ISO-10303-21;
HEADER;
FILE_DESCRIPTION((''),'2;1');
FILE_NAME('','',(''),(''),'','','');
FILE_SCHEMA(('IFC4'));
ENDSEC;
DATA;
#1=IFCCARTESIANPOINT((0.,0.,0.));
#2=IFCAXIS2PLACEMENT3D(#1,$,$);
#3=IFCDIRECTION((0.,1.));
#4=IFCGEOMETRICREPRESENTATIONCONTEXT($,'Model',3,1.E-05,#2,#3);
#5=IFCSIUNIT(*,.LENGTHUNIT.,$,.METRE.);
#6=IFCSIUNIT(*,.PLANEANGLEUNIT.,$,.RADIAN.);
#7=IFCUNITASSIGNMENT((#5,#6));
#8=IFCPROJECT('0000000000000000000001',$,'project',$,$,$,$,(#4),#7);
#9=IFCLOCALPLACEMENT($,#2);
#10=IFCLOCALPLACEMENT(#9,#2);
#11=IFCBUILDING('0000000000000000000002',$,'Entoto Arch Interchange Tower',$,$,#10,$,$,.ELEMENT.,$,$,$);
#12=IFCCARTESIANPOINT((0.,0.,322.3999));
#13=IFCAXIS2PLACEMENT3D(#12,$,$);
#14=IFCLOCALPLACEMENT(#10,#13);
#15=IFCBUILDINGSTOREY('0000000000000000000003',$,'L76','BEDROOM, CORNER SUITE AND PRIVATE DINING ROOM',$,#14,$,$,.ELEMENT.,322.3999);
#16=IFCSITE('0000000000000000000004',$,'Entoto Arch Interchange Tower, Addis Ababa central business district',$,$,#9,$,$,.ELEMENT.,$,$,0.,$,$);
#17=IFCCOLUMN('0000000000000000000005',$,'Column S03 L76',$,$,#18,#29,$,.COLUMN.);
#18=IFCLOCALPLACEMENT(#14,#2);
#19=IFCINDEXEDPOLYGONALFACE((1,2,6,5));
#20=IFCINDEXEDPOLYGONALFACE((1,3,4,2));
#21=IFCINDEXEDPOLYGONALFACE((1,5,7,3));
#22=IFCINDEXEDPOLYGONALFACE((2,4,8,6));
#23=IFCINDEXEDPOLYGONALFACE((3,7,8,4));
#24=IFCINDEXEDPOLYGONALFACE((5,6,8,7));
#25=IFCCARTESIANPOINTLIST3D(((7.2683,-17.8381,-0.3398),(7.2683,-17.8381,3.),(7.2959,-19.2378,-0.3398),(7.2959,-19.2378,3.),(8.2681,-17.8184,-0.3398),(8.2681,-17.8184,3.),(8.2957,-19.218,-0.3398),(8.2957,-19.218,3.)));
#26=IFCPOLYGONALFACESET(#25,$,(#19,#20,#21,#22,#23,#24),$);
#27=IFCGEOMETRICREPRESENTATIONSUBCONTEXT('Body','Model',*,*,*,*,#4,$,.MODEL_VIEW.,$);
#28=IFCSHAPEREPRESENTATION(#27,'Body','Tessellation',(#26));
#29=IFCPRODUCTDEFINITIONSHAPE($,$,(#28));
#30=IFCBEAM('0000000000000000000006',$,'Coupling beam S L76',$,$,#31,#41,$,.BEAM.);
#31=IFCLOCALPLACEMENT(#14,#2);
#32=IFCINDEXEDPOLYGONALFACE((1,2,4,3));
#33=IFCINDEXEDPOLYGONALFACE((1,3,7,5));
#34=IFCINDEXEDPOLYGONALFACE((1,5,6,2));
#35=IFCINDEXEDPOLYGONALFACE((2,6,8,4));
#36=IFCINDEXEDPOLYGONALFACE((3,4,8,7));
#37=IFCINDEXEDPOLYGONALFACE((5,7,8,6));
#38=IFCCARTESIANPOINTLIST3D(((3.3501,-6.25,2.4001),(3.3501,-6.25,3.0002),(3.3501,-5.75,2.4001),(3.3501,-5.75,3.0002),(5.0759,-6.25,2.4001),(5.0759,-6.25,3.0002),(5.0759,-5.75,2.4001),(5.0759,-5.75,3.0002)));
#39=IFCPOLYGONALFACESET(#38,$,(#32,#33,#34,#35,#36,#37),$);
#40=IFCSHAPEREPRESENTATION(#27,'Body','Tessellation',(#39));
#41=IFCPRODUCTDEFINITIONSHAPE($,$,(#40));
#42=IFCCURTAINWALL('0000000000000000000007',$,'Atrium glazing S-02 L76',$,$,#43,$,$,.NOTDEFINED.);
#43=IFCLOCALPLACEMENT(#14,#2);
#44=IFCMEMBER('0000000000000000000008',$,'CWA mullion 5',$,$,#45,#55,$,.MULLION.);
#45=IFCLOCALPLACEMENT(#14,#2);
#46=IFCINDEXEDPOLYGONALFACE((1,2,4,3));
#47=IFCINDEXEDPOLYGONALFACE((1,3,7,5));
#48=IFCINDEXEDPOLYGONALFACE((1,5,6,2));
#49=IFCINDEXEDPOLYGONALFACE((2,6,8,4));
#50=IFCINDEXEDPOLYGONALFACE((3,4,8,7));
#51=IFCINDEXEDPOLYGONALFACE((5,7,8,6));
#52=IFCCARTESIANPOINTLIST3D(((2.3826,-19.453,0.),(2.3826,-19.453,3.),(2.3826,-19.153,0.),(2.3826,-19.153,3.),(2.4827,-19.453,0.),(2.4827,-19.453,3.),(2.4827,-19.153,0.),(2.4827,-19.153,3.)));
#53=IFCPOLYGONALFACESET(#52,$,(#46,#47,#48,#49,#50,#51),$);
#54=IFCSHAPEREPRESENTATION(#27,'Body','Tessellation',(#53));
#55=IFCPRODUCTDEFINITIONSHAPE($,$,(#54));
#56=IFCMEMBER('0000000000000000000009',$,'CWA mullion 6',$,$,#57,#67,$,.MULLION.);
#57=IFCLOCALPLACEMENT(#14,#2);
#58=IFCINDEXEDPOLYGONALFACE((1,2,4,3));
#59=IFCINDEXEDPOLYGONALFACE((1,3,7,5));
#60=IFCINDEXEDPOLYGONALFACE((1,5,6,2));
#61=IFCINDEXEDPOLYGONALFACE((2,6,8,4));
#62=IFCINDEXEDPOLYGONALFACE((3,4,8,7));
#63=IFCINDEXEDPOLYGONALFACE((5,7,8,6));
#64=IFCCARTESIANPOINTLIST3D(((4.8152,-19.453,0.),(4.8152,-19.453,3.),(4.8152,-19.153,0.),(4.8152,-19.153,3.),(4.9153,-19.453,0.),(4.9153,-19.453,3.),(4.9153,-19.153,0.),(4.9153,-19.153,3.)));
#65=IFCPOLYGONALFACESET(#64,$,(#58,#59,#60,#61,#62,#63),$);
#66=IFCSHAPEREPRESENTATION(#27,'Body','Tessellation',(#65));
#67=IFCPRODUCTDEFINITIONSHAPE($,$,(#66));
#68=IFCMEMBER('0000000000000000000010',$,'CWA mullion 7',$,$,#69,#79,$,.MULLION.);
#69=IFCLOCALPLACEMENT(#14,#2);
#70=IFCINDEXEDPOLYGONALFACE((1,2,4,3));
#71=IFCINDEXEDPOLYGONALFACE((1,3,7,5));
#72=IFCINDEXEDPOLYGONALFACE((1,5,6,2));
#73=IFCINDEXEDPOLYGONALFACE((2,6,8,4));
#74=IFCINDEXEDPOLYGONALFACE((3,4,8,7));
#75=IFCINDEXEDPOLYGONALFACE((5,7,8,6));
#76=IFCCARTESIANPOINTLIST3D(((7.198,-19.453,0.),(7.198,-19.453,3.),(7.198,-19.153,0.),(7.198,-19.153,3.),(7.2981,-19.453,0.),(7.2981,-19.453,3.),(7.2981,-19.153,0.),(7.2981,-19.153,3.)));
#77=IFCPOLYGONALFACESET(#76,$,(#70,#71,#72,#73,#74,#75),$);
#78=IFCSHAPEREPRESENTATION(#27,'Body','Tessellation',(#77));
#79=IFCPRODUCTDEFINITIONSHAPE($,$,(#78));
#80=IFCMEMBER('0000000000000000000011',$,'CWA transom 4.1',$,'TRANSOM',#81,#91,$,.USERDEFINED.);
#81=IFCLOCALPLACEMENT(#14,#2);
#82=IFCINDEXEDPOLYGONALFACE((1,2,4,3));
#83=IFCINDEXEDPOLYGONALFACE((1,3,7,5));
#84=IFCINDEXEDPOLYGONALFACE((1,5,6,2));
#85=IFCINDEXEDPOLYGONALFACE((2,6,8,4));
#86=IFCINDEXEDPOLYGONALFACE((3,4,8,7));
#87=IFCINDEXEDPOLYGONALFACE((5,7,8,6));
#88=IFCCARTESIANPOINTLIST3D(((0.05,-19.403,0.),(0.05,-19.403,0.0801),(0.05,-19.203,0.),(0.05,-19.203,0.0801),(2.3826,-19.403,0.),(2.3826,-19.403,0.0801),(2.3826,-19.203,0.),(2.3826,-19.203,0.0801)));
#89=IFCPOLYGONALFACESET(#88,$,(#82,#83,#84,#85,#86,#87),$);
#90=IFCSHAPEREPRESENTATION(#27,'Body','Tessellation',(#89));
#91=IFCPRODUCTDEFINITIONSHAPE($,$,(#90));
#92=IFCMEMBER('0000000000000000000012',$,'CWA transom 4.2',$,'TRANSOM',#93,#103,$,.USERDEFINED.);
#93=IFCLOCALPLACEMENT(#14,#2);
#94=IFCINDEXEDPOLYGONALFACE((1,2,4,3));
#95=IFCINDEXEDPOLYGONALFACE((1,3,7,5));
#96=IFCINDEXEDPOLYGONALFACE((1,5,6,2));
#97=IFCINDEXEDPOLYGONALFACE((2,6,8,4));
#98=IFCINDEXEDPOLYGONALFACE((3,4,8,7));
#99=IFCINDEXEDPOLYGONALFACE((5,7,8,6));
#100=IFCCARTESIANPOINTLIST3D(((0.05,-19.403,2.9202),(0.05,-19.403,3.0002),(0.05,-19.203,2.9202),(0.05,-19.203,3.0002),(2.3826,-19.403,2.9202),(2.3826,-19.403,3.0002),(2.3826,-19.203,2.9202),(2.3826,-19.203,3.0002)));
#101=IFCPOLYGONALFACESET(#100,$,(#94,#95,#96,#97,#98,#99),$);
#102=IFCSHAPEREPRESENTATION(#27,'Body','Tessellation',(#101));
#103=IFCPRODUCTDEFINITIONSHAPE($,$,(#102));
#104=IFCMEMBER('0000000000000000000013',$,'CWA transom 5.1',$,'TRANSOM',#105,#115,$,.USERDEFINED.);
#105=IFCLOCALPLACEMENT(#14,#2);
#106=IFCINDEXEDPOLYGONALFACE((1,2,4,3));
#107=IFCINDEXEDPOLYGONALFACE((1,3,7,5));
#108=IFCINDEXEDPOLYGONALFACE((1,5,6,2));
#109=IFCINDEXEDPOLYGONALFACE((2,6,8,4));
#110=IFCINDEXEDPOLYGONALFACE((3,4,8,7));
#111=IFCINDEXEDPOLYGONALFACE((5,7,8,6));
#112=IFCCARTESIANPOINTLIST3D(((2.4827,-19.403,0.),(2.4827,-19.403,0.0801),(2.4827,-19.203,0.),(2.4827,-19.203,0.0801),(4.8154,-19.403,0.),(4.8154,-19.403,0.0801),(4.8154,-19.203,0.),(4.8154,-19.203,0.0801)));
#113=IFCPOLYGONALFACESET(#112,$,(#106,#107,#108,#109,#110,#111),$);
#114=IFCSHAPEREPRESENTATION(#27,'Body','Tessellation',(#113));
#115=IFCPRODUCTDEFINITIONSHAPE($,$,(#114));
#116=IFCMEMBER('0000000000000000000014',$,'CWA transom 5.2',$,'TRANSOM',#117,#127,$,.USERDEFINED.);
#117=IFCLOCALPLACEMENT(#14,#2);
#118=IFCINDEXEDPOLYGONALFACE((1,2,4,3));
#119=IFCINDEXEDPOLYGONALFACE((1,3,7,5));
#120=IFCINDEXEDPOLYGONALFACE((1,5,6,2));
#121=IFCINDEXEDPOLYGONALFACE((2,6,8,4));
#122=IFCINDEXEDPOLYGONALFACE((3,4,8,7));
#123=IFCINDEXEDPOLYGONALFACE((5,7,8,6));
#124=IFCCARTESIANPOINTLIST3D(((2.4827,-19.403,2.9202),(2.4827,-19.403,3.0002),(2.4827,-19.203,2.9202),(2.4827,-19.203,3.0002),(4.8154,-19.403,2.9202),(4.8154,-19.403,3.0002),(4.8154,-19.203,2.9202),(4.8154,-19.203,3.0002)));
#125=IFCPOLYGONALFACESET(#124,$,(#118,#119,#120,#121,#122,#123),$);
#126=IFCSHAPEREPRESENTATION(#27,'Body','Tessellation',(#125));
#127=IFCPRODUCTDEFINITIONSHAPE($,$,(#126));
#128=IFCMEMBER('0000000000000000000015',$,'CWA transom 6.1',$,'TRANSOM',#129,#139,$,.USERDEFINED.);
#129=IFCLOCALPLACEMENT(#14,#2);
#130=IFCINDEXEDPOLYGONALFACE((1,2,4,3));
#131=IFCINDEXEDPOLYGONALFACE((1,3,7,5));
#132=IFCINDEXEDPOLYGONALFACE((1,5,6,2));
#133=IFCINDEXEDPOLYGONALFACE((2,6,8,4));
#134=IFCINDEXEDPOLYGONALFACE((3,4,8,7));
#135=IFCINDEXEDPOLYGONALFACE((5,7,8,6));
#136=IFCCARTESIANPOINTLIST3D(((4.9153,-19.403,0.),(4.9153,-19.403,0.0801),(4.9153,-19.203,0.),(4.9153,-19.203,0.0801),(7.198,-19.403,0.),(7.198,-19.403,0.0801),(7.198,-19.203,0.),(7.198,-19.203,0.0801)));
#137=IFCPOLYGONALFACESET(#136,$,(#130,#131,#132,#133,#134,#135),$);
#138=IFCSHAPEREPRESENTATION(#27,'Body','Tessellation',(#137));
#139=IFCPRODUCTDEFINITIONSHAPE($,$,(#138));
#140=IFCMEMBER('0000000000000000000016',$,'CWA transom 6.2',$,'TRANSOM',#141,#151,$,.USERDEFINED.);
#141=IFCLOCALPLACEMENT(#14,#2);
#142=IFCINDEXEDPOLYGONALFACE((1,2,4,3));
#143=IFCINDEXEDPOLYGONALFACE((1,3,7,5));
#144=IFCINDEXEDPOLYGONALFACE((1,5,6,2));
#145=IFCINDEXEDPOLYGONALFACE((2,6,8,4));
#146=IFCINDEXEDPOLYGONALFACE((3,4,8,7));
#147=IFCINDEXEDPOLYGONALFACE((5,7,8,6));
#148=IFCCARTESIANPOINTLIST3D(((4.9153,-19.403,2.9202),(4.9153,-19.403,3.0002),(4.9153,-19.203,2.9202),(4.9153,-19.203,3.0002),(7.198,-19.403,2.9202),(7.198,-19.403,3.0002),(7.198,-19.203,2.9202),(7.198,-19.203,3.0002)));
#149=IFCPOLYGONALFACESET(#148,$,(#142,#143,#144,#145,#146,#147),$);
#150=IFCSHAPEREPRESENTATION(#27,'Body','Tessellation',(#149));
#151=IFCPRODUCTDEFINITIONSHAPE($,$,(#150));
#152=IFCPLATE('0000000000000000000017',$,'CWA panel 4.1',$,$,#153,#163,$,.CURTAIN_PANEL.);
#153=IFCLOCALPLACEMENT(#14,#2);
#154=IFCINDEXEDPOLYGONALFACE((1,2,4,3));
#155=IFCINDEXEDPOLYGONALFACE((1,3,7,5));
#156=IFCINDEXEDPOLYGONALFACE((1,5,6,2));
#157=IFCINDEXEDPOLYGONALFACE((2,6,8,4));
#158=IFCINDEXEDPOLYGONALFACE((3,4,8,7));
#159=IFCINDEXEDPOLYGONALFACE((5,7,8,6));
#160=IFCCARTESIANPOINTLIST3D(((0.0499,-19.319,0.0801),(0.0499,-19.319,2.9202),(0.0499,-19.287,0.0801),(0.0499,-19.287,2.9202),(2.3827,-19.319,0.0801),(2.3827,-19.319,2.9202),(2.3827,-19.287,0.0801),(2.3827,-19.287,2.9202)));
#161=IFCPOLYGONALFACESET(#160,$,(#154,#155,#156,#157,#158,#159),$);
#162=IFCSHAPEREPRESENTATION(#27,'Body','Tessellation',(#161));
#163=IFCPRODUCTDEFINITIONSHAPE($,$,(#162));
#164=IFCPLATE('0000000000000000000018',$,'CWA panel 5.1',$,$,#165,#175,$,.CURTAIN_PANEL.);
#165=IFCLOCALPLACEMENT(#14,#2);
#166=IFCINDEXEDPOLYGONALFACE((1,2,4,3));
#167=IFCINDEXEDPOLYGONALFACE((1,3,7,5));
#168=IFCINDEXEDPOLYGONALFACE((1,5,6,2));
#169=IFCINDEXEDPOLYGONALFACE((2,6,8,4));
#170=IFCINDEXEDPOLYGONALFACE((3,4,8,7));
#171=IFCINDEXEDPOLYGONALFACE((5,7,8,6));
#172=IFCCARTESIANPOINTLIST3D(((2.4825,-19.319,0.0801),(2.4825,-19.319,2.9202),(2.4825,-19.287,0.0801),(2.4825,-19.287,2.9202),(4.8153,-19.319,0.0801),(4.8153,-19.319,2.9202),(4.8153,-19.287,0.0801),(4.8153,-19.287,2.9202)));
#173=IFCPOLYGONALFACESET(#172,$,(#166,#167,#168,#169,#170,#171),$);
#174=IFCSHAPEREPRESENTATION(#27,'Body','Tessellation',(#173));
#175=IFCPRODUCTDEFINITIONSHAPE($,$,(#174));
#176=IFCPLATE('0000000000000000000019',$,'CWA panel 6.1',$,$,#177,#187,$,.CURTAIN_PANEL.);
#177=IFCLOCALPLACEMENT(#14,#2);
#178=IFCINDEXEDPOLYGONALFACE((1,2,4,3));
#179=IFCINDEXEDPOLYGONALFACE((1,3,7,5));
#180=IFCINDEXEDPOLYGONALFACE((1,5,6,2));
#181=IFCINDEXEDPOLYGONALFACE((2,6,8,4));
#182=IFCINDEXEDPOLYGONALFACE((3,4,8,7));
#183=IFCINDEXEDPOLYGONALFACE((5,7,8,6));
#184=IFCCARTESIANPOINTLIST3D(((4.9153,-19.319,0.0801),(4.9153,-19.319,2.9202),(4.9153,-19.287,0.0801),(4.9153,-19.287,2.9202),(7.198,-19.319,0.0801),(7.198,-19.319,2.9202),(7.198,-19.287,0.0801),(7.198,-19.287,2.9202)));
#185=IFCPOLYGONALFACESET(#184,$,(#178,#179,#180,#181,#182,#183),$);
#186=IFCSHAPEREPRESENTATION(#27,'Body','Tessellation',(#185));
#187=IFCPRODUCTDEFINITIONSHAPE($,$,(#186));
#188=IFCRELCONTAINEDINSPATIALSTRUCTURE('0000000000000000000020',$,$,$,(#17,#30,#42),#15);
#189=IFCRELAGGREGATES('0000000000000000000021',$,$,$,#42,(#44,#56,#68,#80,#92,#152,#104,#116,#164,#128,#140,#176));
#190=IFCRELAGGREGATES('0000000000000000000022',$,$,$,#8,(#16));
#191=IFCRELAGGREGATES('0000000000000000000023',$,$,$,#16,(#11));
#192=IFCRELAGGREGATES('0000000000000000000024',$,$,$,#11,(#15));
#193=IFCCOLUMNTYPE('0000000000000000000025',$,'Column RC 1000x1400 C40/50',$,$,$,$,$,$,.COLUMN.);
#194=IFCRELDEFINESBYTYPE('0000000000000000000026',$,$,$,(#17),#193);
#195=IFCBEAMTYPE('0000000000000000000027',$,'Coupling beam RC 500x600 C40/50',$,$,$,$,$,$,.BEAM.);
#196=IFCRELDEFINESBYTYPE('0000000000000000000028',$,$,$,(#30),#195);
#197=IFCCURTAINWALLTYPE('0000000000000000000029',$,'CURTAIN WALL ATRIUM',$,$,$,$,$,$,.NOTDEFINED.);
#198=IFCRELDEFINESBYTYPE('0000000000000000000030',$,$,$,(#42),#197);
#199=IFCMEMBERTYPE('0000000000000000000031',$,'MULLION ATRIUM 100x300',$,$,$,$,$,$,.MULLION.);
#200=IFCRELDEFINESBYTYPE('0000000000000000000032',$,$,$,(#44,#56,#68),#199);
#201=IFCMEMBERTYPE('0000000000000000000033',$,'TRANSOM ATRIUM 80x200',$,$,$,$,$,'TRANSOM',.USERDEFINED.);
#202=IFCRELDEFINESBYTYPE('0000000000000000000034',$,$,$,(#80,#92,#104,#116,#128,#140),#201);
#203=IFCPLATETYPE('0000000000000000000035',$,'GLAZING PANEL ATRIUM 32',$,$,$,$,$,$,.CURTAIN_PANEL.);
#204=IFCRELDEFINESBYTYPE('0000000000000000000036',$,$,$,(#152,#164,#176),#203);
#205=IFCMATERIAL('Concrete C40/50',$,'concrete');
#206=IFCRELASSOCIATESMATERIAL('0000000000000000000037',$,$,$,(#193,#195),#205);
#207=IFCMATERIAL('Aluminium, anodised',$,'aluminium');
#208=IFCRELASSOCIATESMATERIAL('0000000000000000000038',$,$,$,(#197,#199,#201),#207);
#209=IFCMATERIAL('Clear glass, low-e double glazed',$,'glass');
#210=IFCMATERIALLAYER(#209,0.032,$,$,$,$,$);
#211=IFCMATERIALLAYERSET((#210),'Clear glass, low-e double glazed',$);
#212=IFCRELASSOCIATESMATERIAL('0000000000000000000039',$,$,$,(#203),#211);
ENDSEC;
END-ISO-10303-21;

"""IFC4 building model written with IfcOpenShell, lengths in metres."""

from ifc_helpers import new_model, si_unit, direction, frame, origin, origin_2d, place, context, subcontext, project, spatial, rectangle, extrude, material, layer, layer_set, material_profile, profile_set, type_object, element, aggregate, save


model = new_model("IFC4")

# Units and contexts
model_context = context("Model", 3, precision=1e-05, world=origin(), true_north=direction((0.0, 1.0)))
body_context = subcontext(model_context, "Body", "Model", "MODEL_VIEW")
ifc_project = project(units=[si_unit("LENGTHUNIT", "METRE"), si_unit("PLANEANGLEUNIT", "RADIAN")], contexts=[model_context])

# Site, building, storey
site_placement = place(None, origin())
site = spatial("IfcSite", under=ifc_project, at=site_placement, Name="Entoto Arch Interchange Tower, Addis Ababa central business district", CompositionType="ELEMENT", RefElevation=0.0)
building_placement = place(site_placement, origin())
building = spatial("IfcBuilding", under=site, at=building_placement, Name="Entoto Arch Interchange Tower", CompositionType="ELEMENT")
storey_placement = place(building_placement, frame((0.0, 0.0, 322.3999)))
storey = spatial("IfcBuildingStorey", under=building, at=storey_placement, Name="L76", Description="BEDROOM, CORNER SUITE AND PRIVATE DINING ROOM", CompositionType="ELEMENT", Elevation=322.3999)

# Column
ifc_material_1 = material(Name="Concrete C40/50", Category="concrete")
ifc_material_profile_1 = material_profile(ifc_material_1, rectangle(XDim=1.0, YDim=1.3999, at=origin_2d()))
ifc_profile_set_1 = profile_set([ifc_material_profile_1], Name="Concrete C40/50")
column_type = type_object("IfcColumnType", Name="Column RC 1000x1400 C40/50", PredefinedType="COLUMN", material=ifc_profile_set_1)
column_placement = place(storey_placement, frame((7.782, -18.5281, -0.3398), z_axis=(0.0, 0.0, 1.0), x_axis=(0.999806, 0.019721, 0.0)))
element("IfcColumn", 1, at=column_placement, inside=storey, type_object=column_type, Name="Column S03 L76", PredefinedType="COLUMN", context=body_context, shape_type="SweptSolid", body=[
    extrude(rectangle(XDim=1.0, YDim=1.3999, at=origin_2d()), origin(), (0.0, 0.0, 1.0), 3.3398),
])

# Beam
ifc_material_profile_2 = material_profile(ifc_material_1, rectangle(XDim=0.5, YDim=0.6001, at=origin_2d()))
ifc_profile_set_2 = profile_set([ifc_material_profile_2], Name="Concrete C40/50")
beam_type = type_object("IfcBeamType", Name="Coupling beam RC 500x600 C40/50", PredefinedType="BEAM", material=ifc_profile_set_2)
beam_placement = place(storey_placement, frame((3.3501, -6.0, 2.7002), z_axis=(1.0, 0.0, 0.0), x_axis=(0.0, 1.0, 0.0)))
element("IfcBeam", 2, at=beam_placement, inside=storey, type_object=beam_type, Name="Coupling beam S L76", PredefinedType="BEAM", context=body_context, shape_type="SweptSolid", body=[
    extrude(rectangle(XDim=0.5, YDim=0.6001, at=origin_2d()), origin(), (0.0, 0.0, 1.0), 1.7258),
])

# Curtain wall, members, plates
ifc_material_2 = material(Name="Aluminium, anodised", Category="aluminium")
curtain_wall_type = type_object("IfcCurtainWallType", Name="CURTAIN WALL ATRIUM", PredefinedType="NOTDEFINED", material=ifc_material_2)
curtain_wall_placement = place(storey_placement, origin())
curtain_wall = element("IfcCurtainWall", 3, at=curtain_wall_placement, inside=storey, type_object=curtain_wall_type, Name="Atrium glazing S-02 L76", PredefinedType="NOTDEFINED")
ifc_material_profile_3 = material_profile(ifc_material_2, rectangle(XDim=0.3, YDim=0.1001, at=origin_2d()))
ifc_profile_set_3 = profile_set([ifc_material_profile_3], Name="Aluminium, anodised")
member_type_1 = type_object("IfcMemberType", Name="MULLION ATRIUM 100x300", PredefinedType="MULLION", material=ifc_profile_set_3)
member_1_placement = place(storey_placement, frame((2.4326, -19.303, 0.0), z_axis=(0.0, 0.0, 1.0), x_axis=(0.0, 1.0, 0.0)))
member_1 = element("IfcMember", 4, at=member_1_placement, type_object=member_type_1, Name="CWA mullion 5", PredefinedType="MULLION", context=body_context, shape_type="SweptSolid", body=[
    extrude(rectangle(XDim=0.3, YDim=0.1001, at=origin_2d()), origin(), (0.0, 0.0, 1.0), 3.0),
])
member_2_placement = place(storey_placement, frame((4.8652, -19.303, 0.0), z_axis=(0.0, 0.0, 1.0), x_axis=(0.0, 1.0, 0.0)))
member_2 = element("IfcMember", 5, at=member_2_placement, type_object=member_type_1, Name="CWA mullion 6", PredefinedType="MULLION", context=body_context, shape_type="SweptSolid", body=[
    extrude(rectangle(XDim=0.3, YDim=0.1001, at=origin_2d()), origin(), (0.0, 0.0, 1.0), 3.0),
])
member_3_placement = place(storey_placement, frame((7.248, -19.303, 0.0), z_axis=(0.0, 0.0, 1.0), x_axis=(0.0, 1.0, 0.0)))
member_3 = element("IfcMember", 6, at=member_3_placement, type_object=member_type_1, Name="CWA mullion 7", PredefinedType="MULLION", context=body_context, shape_type="SweptSolid", body=[
    extrude(rectangle(XDim=0.3, YDim=0.1001, at=origin_2d()), origin(), (0.0, 0.0, 1.0), 3.0),
])
ifc_material_profile_4 = material_profile(ifc_material_2, rectangle(XDim=0.2, YDim=0.0801, at=origin_2d()))
ifc_profile_set_4 = profile_set([ifc_material_profile_4], Name="Aluminium, anodised")
member_type_2 = type_object("IfcMemberType", Name="TRANSOM ATRIUM 80x200", ElementType="TRANSOM", PredefinedType="USERDEFINED", material=ifc_profile_set_4)
member_4_placement = place(storey_placement, frame((0.05, -19.303, 0.04), z_axis=(1.0, 0.0, 0.0), x_axis=(0.0, 1.0, 0.0)))
member_4 = element("IfcMember", 7, at=member_4_placement, type_object=member_type_2, Name="CWA transom 4.1", ObjectType="TRANSOM", PredefinedType="USERDEFINED", context=body_context, shape_type="SweptSolid", body=[
    extrude(rectangle(XDim=0.2, YDim=0.0801, at=origin_2d()), origin(), (0.0, 0.0, 1.0), 2.3325),
])
member_5_placement = place(storey_placement, frame((0.05, -19.303, 2.9602), z_axis=(1.0, 0.0, 0.0), x_axis=(0.0, 1.0, 0.0)))
member_5 = element("IfcMember", 8, at=member_5_placement, type_object=member_type_2, Name="CWA transom 4.2", ObjectType="TRANSOM", PredefinedType="USERDEFINED", context=body_context, shape_type="SweptSolid", body=[
    extrude(rectangle(XDim=0.2, YDim=0.0801, at=origin_2d()), origin(), (0.0, 0.0, 1.0), 2.3325),
])
member_6_placement = place(storey_placement, frame((2.4827, -19.303, 0.04), z_axis=(1.0, 0.0, 0.0), x_axis=(0.0, 1.0, 0.0)))
member_6 = element("IfcMember", 9, at=member_6_placement, type_object=member_type_2, Name="CWA transom 5.1", ObjectType="TRANSOM", PredefinedType="USERDEFINED", context=body_context, shape_type="SweptSolid", body=[
    extrude(rectangle(XDim=0.2, YDim=0.0801, at=origin_2d()), origin(), (0.0, 0.0, 1.0), 2.3328),
])
member_7_placement = place(storey_placement, frame((2.4827, -19.303, 2.9602), z_axis=(1.0, 0.0, 0.0), x_axis=(0.0, 1.0, 0.0)))
member_7 = element("IfcMember", 10, at=member_7_placement, type_object=member_type_2, Name="CWA transom 5.2", ObjectType="TRANSOM", PredefinedType="USERDEFINED", context=body_context, shape_type="SweptSolid", body=[
    extrude(rectangle(XDim=0.2, YDim=0.0801, at=origin_2d()), origin(), (0.0, 0.0, 1.0), 2.3328),
])
member_8_placement = place(storey_placement, frame((4.9153, -19.303, 0.04), z_axis=(1.0, 0.0, 0.0), x_axis=(0.0, 1.0, 0.0)))
member_8 = element("IfcMember", 11, at=member_8_placement, type_object=member_type_2, Name="CWA transom 6.1", ObjectType="TRANSOM", PredefinedType="USERDEFINED", context=body_context, shape_type="SweptSolid", body=[
    extrude(rectangle(XDim=0.2, YDim=0.0801, at=origin_2d()), origin(), (0.0, 0.0, 1.0), 2.2827),
])
member_9_placement = place(storey_placement, frame((4.9153, -19.303, 2.9602), z_axis=(1.0, 0.0, 0.0), x_axis=(0.0, 1.0, 0.0)))
member_9 = element("IfcMember", 12, at=member_9_placement, type_object=member_type_2, Name="CWA transom 6.2", ObjectType="TRANSOM", PredefinedType="USERDEFINED", context=body_context, shape_type="SweptSolid", body=[
    extrude(rectangle(XDim=0.2, YDim=0.0801, at=origin_2d()), origin(), (0.0, 0.0, 1.0), 2.2827),
])
ifc_material_3 = material(Name="Clear glass, low-e double glazed", Category="glass")
ifc_layer_1 = layer(ifc_material_3, 0.032)
ifc_layer_set_1 = layer_set([ifc_layer_1], Name="Clear glass, low-e double glazed")
plate_type = type_object("IfcPlateType", Name="GLAZING PANEL ATRIUM 32", PredefinedType="CURTAIN_PANEL", material=ifc_layer_set_1)
plate_1_placement = place(storey_placement, frame((1.2163, -19.303, 0.0801), z_axis=(0.0, 0.0, 1.0), x_axis=(1.0, 0.0, 0.0)))
plate_1 = element("IfcPlate", 13, at=plate_1_placement, type_object=plate_type, Name="CWA panel 4.1", PredefinedType="CURTAIN_PANEL", context=body_context, shape_type="SweptSolid", body=[
    extrude(rectangle(XDim=2.3328, YDim=0.032, at=origin_2d()), origin(), (0.0, 0.0, 1.0), 2.8401),
])
plate_2_placement = place(storey_placement, frame((3.6489, -19.303, 0.0801), z_axis=(0.0, 0.0, 1.0), x_axis=(1.0, 0.0, 0.0)))
plate_2 = element("IfcPlate", 14, at=plate_2_placement, type_object=plate_type, Name="CWA panel 5.1", PredefinedType="CURTAIN_PANEL", context=body_context, shape_type="SweptSolid", body=[
    extrude(rectangle(XDim=2.3328, YDim=0.032, at=origin_2d()), origin(), (0.0, 0.0, 1.0), 2.8401),
])
plate_3_placement = place(storey_placement, frame((6.0566, -19.303, 0.0801), z_axis=(0.0, 0.0, 1.0), x_axis=(1.0, 0.0, 0.0)))
plate_3 = element("IfcPlate", 15, at=plate_3_placement, type_object=plate_type, Name="CWA panel 6.1", PredefinedType="CURTAIN_PANEL", context=body_context, shape_type="SweptSolid", body=[
    extrude(rectangle(XDim=2.2827, YDim=0.032, at=origin_2d()), origin(), (0.0, 0.0, 1.0), 2.8401),
])
aggregate(curtain_wall, [member_1, member_2, member_3, member_4, member_5, plate_1, member_6, member_7, plate_2, member_8, member_9, plate_3])

save(model, "model.ifc")
